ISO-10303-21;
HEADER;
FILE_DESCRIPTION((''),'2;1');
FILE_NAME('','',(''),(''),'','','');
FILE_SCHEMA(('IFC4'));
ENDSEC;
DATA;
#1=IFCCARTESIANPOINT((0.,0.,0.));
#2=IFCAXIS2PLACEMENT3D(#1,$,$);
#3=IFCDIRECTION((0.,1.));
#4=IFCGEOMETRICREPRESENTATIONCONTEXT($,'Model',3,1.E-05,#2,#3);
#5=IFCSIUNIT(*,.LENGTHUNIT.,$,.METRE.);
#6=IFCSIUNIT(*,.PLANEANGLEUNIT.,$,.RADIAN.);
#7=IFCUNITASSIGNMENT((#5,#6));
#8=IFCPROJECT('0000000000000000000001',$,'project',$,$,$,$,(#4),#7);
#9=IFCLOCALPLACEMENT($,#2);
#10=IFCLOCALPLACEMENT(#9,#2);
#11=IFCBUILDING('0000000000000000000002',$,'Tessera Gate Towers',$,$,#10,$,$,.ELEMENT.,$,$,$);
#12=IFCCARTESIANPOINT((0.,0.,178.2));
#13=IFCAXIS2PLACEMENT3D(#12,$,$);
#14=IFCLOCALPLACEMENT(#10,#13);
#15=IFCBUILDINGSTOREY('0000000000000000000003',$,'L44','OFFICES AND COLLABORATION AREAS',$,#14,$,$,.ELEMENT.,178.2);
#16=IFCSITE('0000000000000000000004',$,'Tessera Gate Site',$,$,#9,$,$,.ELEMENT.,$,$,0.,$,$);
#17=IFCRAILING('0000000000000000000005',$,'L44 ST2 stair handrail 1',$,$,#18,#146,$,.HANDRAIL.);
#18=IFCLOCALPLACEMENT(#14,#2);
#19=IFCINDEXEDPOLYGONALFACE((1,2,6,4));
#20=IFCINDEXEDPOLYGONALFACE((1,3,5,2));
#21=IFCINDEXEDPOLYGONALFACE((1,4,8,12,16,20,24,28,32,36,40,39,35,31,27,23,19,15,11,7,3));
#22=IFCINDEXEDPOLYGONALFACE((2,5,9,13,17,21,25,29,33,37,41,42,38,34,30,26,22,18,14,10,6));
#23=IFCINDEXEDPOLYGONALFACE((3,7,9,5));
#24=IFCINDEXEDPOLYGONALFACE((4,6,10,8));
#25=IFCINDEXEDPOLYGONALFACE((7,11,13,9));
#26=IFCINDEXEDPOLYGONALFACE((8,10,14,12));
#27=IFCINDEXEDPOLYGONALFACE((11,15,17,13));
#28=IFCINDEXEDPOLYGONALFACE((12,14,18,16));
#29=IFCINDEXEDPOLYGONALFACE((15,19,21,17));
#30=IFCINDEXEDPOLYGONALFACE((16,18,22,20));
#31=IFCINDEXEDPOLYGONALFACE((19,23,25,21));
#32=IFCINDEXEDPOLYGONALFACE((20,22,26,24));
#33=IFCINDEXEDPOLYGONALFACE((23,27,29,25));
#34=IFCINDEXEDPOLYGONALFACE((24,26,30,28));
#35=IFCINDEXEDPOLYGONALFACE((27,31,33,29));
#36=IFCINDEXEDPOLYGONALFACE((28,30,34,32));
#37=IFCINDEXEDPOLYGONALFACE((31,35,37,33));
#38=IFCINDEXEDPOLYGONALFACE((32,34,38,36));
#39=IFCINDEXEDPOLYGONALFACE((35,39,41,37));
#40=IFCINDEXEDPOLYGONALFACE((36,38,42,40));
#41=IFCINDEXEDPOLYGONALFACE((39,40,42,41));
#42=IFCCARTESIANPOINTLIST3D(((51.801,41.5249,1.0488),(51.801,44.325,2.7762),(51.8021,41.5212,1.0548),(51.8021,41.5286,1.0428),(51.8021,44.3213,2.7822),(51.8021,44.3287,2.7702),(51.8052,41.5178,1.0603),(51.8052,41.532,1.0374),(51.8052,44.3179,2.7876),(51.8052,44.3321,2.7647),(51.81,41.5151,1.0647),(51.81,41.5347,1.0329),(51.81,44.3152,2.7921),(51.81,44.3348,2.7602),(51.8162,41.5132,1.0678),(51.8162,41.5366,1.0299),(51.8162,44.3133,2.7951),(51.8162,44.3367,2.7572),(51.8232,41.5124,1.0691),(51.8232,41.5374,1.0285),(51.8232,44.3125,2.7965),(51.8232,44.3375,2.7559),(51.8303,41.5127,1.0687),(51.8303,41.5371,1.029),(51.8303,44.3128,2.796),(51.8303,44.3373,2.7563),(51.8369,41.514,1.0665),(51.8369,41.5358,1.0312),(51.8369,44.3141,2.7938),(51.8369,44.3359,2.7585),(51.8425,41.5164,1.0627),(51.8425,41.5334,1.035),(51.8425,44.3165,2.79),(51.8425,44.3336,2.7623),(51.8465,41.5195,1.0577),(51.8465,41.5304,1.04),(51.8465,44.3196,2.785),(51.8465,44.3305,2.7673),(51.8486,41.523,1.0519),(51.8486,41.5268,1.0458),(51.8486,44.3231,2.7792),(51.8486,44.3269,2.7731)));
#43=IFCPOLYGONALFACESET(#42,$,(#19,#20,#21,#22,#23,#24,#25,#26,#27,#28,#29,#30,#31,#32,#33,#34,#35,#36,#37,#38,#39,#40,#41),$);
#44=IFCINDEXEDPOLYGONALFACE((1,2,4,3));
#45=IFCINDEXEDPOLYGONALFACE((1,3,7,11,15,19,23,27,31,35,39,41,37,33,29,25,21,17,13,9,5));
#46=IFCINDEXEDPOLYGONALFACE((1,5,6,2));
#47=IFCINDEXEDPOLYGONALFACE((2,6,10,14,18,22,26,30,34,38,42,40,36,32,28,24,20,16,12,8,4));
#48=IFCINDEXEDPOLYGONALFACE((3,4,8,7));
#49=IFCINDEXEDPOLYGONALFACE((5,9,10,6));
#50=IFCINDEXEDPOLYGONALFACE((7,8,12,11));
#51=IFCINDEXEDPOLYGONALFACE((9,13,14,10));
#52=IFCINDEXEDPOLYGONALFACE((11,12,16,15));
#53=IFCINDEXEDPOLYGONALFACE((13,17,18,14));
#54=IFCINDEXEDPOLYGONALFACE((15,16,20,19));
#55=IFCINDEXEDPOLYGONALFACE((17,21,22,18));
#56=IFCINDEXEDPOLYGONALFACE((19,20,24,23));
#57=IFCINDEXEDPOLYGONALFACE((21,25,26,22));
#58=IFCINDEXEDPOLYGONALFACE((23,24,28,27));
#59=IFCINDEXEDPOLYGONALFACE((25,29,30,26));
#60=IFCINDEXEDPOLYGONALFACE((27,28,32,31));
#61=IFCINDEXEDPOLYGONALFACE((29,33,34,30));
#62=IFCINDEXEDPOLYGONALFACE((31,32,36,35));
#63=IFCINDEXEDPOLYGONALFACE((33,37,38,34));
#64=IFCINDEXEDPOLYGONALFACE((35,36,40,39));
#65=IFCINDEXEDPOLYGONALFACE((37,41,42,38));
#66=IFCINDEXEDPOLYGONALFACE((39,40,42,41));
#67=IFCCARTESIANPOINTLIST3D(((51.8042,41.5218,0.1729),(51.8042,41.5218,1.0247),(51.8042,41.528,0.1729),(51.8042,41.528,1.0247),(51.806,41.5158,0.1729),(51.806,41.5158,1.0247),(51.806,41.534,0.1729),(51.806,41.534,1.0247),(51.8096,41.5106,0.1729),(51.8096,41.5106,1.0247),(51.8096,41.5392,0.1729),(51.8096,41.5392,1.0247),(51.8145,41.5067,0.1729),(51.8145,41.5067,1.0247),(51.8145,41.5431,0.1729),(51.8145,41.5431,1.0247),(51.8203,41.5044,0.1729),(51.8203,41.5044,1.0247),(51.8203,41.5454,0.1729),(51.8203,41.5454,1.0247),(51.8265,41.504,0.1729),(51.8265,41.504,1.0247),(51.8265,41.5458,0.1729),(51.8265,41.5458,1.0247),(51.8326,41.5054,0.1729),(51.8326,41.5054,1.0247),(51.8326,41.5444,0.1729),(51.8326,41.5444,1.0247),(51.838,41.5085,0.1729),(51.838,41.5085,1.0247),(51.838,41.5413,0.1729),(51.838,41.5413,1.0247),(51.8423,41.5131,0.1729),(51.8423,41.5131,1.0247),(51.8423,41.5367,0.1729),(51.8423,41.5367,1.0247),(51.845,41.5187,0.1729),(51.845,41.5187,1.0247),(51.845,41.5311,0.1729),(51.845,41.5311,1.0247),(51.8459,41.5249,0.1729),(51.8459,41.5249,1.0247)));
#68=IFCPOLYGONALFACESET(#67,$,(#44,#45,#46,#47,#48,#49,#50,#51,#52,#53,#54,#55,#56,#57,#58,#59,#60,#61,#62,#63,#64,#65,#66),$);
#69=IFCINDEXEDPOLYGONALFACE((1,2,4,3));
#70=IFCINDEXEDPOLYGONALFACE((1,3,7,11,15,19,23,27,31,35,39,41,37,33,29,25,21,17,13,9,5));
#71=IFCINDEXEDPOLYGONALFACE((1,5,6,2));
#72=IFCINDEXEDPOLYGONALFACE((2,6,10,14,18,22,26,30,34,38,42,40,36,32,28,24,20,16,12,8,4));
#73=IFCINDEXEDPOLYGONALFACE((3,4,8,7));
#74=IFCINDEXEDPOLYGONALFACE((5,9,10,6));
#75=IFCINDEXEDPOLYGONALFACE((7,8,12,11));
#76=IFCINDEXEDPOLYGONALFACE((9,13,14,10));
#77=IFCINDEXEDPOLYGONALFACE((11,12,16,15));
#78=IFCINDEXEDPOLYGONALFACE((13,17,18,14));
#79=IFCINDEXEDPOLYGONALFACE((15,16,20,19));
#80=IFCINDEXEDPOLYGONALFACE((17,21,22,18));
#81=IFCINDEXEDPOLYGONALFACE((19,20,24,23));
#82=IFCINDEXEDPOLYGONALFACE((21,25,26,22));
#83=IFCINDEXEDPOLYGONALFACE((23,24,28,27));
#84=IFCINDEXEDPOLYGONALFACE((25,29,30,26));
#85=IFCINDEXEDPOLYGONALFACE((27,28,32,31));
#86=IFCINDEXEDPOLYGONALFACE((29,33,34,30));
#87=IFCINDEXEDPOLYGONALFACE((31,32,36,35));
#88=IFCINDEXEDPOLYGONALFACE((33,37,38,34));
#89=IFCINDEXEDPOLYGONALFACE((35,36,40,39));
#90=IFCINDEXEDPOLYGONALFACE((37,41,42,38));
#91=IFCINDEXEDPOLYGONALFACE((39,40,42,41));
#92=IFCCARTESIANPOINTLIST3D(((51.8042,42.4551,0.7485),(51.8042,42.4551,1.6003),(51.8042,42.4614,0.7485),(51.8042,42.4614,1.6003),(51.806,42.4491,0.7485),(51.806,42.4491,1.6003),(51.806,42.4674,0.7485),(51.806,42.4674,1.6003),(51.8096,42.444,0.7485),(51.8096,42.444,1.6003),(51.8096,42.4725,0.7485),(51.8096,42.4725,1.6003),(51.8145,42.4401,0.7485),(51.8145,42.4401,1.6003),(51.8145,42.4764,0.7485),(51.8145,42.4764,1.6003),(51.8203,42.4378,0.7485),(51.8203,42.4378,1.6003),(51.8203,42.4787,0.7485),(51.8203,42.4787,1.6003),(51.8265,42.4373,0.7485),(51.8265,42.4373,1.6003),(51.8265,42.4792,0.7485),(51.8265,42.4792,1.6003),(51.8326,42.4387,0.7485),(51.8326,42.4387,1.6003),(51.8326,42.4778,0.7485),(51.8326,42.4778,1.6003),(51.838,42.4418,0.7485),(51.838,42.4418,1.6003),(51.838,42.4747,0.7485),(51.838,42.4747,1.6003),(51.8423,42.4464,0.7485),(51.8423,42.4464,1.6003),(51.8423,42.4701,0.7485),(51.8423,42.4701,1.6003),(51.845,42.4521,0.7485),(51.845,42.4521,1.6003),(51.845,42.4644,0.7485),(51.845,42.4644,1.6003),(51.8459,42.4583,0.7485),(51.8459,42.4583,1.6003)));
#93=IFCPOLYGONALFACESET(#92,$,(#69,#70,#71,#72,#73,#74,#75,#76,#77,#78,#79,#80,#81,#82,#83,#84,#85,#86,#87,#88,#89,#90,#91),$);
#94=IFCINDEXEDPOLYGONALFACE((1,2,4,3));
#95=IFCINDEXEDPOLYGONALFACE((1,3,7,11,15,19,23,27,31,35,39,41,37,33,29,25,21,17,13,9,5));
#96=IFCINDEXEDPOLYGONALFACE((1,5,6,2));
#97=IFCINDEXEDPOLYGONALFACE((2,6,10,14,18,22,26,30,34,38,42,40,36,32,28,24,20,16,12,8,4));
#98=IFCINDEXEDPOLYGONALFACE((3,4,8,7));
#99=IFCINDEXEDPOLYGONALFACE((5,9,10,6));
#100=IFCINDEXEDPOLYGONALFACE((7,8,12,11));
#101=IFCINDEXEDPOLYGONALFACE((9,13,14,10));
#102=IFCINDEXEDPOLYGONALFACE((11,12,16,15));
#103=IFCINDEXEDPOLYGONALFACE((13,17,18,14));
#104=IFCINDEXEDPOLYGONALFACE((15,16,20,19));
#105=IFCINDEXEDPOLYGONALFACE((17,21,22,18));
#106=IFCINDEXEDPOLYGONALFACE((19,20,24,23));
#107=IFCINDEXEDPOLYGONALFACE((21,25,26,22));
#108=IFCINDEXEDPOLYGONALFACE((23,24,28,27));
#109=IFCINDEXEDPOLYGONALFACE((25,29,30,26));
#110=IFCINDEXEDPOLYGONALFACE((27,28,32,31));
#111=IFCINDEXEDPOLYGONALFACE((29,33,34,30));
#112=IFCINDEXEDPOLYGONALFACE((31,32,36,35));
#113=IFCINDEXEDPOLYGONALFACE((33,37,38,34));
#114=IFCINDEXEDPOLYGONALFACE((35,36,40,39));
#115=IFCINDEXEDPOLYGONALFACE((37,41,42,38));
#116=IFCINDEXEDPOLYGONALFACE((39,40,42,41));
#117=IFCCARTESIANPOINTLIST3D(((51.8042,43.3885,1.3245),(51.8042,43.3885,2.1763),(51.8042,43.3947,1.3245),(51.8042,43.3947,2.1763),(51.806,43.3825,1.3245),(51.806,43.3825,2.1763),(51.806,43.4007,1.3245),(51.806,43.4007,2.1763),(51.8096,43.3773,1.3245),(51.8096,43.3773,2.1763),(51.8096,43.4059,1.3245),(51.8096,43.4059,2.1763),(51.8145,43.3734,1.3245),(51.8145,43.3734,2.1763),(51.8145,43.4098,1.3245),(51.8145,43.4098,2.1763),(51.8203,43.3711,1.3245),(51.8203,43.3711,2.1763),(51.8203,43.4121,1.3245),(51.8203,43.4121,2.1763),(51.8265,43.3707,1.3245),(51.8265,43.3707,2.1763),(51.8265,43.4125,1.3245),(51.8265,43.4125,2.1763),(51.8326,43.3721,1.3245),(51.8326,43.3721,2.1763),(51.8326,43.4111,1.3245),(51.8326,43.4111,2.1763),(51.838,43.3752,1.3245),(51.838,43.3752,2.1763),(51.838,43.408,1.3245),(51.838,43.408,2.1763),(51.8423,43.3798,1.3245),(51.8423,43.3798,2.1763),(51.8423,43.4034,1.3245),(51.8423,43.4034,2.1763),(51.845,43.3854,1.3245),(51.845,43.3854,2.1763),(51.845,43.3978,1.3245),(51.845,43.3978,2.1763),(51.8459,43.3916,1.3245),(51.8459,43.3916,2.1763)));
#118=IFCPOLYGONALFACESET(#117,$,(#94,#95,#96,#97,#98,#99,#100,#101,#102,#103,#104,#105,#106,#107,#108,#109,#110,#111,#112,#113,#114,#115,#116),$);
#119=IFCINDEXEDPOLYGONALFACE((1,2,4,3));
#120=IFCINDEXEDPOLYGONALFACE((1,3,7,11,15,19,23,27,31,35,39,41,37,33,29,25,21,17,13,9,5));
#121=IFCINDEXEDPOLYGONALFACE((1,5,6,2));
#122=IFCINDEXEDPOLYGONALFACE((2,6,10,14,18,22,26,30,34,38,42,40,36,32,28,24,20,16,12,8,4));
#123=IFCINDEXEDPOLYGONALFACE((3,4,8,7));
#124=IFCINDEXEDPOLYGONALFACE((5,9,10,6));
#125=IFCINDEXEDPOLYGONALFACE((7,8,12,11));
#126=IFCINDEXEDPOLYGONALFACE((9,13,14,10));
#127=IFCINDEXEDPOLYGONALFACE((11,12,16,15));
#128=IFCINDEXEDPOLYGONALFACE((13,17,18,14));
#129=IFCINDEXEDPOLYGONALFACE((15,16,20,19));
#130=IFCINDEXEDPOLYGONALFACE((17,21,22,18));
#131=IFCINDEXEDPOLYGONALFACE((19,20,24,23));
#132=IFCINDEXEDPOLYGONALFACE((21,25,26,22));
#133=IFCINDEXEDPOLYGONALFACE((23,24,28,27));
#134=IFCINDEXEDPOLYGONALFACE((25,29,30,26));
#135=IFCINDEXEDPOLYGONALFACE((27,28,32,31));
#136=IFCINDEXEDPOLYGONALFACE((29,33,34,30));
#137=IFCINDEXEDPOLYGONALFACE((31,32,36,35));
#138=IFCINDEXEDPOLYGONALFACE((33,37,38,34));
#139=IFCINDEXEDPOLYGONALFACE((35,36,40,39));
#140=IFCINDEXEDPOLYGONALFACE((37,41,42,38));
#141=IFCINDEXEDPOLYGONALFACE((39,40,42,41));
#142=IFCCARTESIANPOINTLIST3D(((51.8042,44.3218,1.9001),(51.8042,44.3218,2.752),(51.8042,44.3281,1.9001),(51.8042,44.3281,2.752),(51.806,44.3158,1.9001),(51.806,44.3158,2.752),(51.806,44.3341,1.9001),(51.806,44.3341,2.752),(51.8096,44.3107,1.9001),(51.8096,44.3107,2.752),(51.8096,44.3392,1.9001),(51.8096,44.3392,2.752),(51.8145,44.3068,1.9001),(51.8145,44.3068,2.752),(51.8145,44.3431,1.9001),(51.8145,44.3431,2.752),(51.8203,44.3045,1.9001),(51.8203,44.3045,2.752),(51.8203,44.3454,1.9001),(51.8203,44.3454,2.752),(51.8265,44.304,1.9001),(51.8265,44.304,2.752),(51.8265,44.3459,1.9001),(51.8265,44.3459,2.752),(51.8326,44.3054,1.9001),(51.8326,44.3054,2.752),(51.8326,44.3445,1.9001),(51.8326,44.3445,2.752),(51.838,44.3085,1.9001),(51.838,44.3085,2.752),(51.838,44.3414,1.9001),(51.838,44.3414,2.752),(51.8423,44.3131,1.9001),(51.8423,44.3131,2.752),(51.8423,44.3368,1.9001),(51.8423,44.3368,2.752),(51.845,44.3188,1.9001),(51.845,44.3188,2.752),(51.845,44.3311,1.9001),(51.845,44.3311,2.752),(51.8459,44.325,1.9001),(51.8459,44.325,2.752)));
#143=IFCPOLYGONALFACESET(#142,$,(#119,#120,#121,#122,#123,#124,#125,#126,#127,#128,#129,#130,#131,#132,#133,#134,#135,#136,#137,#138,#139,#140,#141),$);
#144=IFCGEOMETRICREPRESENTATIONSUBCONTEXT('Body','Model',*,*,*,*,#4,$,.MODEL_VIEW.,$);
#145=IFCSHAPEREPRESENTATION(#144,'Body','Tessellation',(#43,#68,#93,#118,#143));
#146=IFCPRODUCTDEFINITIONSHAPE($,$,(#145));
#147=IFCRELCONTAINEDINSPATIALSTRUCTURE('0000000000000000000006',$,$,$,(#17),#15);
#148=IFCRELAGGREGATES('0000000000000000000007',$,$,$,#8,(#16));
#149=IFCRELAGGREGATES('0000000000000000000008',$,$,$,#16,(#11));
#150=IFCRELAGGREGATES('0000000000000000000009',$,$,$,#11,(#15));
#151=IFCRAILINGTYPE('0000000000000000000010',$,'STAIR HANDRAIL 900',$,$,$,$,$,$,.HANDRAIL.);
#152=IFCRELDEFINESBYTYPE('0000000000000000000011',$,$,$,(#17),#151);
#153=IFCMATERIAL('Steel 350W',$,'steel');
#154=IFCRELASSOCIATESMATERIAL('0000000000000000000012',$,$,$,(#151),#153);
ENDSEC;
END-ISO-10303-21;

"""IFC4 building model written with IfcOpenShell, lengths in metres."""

from ifc_helpers import new_model, si_unit, direction, frame, origin, origin_2d, place, context, subcontext, project, spatial, circle, extrude, material, type_object, element, save


model = new_model("IFC4")

# Units and contexts
model_context = context("Model", 3, precision=1e-05, world=origin(), true_north=direction((0.0, 1.0)))
body_context = subcontext(model_context, "Body", "Model", "MODEL_VIEW")
ifc_project = project(units=[si_unit("LENGTHUNIT", "METRE"), si_unit("PLANEANGLEUNIT", "RADIAN")], contexts=[model_context])

# Site, building, storey
site_placement = place(None, origin())
site = spatial("IfcSite", under=ifc_project, at=site_placement, Name="Tessera Gate Site", CompositionType="ELEMENT", RefElevation=0.0)
building_placement = place(site_placement, origin())
building = spatial("IfcBuilding", under=site, at=building_placement, Name="Tessera Gate Towers", CompositionType="ELEMENT")
storey_placement = place(building_placement, frame((0.0, 0.0, 178.2)))
storey = spatial("IfcBuildingStorey", under=building, at=storey_placement, Name="L44", Description="OFFICES AND COLLABORATION AREAS", CompositionType="ELEMENT", Elevation=178.2)

# Railing
ifc_material_1 = material(Name="Steel 350W", Category="steel")
railing_type_1 = type_object("IfcRailingType", Name="STAIR HANDRAIL 900", PredefinedType="HANDRAIL", material=ifc_material_1)
railing_1_placement = place(storey_placement, frame((51.825, 41.5249, 0.1729)))
element("IfcRailing", 1, at=railing_1_placement, inside=storey, type_object=railing_type_1, Name="L44 ST2 stair handrail 1", PredefinedType="HANDRAIL", context=body_context, shape_type="SweptSolid", body=[
    extrude(circle(Radius=0.0239, at=origin_2d()), frame((0.0, 0.0, 0.876), z_axis=(0.0, 0.85109, 0.52502), x_axis=(-1.0, 0.0, 0.0)), (0.0, 0.0, 1.0), 3.29),
    extrude(circle(Radius=0.021, at=origin_2d()), origin(), (0.0, 0.0, 1.0), 0.8518),
    extrude(circle(Radius=0.021, at=origin_2d()), frame((0.0, 0.9333, 0.5757)), (0.0, 0.0, 1.0), 0.8518),
    extrude(circle(Radius=0.021, at=origin_2d()), frame((0.0, 1.8667, 1.1516)), (0.0, 0.0, 1.0), 0.8518),
    extrude(circle(Radius=0.021, at=origin_2d()), frame((0.0, 2.8, 1.7273)), (0.0, 0.0, 1.0), 0.8518),
])

save(model, "model.ifc")
